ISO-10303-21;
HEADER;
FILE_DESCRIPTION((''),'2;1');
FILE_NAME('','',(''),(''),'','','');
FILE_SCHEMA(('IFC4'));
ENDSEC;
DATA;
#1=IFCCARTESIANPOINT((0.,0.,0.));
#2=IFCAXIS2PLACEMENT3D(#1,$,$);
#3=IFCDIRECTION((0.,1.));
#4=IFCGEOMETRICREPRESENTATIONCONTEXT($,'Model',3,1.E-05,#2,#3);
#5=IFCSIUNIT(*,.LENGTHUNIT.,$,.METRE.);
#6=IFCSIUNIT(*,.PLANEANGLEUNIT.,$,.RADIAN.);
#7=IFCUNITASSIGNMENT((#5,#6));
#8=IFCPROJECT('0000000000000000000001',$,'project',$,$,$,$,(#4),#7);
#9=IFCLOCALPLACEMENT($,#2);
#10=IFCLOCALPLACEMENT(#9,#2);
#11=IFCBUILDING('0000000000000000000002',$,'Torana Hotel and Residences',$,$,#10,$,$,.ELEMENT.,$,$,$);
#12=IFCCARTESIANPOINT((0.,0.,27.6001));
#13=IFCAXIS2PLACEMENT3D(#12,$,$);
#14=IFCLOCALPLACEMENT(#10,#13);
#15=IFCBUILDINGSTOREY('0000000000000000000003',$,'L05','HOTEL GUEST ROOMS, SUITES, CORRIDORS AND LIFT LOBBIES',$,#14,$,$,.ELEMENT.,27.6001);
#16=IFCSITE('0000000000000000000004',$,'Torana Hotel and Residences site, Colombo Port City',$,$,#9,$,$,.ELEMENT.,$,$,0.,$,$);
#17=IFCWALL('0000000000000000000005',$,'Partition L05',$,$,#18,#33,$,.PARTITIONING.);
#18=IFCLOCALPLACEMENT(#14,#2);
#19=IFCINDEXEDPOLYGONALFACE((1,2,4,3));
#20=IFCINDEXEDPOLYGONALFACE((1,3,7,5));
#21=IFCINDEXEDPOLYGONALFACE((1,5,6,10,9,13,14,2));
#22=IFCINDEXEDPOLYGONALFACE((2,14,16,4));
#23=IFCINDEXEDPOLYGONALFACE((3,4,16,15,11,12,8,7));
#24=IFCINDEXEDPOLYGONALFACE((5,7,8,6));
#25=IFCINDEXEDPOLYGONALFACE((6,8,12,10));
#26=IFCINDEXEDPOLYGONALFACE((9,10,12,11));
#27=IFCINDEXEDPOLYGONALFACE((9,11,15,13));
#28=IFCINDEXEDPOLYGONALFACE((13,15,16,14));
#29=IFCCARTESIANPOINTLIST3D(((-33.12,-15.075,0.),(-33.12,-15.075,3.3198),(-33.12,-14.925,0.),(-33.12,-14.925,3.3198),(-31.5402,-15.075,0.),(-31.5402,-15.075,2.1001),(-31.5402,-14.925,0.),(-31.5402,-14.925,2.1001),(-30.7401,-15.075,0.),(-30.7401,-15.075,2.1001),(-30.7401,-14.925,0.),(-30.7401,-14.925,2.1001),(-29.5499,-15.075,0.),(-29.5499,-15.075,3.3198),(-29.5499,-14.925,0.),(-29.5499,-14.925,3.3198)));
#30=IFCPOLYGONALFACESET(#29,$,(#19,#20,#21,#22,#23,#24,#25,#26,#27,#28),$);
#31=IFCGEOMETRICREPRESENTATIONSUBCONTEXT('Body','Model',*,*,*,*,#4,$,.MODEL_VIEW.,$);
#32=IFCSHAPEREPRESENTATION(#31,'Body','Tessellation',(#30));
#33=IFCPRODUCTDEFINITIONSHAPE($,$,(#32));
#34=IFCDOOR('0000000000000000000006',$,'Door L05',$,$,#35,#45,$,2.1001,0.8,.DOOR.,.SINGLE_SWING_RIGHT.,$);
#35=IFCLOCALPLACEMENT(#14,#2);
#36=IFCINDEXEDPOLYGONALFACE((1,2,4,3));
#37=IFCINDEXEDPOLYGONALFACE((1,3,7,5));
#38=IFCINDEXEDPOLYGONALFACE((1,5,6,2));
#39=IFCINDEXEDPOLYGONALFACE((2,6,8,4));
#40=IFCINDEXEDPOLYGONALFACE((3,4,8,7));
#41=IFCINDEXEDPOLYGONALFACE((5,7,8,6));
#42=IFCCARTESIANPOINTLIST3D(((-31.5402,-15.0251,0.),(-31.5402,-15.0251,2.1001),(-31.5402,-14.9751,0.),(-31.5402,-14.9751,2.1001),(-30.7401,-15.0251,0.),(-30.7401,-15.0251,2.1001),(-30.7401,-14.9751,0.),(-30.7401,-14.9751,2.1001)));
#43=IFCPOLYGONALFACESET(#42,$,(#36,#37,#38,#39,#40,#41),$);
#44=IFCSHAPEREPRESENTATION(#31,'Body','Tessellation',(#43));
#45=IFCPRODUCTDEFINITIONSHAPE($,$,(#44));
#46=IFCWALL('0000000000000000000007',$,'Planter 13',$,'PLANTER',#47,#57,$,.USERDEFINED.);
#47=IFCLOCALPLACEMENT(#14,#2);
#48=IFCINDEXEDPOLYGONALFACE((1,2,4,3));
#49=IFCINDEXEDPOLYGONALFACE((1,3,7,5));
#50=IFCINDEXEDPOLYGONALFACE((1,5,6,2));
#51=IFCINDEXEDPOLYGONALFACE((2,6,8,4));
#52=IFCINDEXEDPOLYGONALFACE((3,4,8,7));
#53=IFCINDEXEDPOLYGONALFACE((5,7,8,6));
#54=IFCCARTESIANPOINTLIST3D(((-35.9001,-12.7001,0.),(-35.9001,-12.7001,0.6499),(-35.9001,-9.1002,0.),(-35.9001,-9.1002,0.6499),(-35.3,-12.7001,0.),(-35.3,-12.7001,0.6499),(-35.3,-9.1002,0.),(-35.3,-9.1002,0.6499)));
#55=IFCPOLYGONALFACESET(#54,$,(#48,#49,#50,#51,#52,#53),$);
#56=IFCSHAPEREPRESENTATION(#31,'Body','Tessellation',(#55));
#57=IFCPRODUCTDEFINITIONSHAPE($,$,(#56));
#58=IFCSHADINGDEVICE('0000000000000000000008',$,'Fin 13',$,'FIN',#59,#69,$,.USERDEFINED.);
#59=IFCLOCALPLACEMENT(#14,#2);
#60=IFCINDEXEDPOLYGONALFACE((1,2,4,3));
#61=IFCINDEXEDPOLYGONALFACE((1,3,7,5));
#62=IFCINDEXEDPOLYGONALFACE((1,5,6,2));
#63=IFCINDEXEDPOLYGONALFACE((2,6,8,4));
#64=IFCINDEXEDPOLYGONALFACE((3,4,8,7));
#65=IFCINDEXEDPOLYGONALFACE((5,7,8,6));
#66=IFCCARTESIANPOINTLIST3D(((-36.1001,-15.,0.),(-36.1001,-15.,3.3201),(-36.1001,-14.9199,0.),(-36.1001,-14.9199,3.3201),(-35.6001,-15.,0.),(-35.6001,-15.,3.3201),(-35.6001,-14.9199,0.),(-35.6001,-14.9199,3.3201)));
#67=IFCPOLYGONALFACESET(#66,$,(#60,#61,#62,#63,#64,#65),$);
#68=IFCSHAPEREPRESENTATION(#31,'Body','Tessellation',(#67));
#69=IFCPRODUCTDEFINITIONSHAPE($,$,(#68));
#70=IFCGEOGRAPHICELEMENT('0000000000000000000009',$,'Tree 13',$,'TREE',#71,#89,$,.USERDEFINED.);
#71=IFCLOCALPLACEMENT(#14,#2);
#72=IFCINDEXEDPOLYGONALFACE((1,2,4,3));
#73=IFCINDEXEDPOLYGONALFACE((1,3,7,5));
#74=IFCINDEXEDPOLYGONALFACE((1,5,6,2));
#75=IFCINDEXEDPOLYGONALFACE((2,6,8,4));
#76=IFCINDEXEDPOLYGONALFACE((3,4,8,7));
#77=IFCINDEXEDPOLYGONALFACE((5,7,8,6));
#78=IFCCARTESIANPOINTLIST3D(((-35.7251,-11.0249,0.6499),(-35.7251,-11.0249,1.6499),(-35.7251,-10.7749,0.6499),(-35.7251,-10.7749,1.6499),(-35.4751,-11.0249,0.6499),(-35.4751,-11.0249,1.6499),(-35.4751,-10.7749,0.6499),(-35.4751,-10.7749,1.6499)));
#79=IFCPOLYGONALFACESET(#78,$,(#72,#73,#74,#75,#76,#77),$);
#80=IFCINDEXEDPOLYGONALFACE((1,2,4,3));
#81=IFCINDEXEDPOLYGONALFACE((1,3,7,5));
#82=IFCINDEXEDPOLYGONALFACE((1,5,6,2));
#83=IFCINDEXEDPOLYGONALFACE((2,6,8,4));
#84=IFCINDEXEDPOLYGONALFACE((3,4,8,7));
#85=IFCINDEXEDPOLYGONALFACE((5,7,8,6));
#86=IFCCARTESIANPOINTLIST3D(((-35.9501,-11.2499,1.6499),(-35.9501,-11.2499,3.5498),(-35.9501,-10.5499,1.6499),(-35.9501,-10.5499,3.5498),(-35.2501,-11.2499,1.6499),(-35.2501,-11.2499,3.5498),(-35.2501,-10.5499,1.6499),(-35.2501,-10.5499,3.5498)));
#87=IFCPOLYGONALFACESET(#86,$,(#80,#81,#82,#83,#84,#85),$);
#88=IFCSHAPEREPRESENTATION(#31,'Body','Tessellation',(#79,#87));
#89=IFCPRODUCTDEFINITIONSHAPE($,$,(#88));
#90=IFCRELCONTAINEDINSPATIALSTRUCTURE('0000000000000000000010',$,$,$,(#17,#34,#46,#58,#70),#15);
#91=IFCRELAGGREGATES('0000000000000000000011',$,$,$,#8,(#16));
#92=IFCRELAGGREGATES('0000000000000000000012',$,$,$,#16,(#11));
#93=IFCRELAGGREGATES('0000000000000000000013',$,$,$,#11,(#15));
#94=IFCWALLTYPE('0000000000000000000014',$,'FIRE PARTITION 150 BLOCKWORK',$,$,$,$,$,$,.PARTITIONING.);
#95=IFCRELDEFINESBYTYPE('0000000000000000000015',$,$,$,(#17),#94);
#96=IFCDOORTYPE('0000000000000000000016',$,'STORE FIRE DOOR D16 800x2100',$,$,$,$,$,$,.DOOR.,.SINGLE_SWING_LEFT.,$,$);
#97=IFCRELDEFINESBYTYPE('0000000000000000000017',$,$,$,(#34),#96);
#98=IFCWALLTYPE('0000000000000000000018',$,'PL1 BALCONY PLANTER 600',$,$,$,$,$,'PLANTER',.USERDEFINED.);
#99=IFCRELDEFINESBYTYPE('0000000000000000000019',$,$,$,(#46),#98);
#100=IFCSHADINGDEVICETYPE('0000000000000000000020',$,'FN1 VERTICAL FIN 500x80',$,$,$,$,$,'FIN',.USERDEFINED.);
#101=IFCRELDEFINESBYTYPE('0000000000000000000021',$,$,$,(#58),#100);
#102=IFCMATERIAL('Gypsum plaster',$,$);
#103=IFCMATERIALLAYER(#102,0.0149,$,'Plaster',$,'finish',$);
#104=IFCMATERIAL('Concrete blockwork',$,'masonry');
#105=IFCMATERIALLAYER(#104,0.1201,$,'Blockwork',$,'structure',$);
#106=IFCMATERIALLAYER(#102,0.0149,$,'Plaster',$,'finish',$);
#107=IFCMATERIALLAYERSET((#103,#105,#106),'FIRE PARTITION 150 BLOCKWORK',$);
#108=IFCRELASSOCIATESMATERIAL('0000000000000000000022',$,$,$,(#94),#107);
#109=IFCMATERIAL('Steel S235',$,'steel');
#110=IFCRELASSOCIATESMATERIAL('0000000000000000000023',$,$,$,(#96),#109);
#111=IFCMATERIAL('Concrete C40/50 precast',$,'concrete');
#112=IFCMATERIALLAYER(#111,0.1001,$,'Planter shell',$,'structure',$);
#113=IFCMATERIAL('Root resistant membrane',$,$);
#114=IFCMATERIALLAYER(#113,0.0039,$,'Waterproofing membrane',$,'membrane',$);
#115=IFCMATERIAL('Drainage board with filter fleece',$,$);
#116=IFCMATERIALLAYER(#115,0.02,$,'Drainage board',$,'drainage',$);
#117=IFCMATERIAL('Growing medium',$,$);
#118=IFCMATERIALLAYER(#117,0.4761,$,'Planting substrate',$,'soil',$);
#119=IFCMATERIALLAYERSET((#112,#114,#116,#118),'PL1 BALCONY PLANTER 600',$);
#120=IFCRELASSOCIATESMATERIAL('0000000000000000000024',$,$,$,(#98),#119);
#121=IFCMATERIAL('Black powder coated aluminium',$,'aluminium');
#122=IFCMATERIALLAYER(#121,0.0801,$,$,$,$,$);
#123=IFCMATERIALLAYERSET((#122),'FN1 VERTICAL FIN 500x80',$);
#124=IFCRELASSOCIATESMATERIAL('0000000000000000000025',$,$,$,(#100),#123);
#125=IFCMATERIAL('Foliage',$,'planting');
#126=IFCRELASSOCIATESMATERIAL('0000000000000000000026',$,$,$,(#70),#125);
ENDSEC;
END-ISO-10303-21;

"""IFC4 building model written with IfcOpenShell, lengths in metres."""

from ifc_helpers import new_model, si_unit, direction, frame, frame_2d, origin, origin_2d, place, context, subcontext, project, spatial, rectangle, extrude, material, layer, layer_set, type_object, element, fill, save


model = new_model("IFC4")

# Units and contexts
model_context = context("Model", 3, precision=1e-05, world=origin(), true_north=direction((0.0, 1.0)))
body_context = subcontext(model_context, "Body", "Model", "MODEL_VIEW")
ifc_project = project(units=[si_unit("LENGTHUNIT", "METRE"), si_unit("PLANEANGLEUNIT", "RADIAN")], contexts=[model_context])

# Site, building, storey
site_placement = place(None, origin())
site = spatial("IfcSite", under=ifc_project, at=site_placement, Name="Torana Hotel and Residences site, Colombo Port City", CompositionType="ELEMENT", RefElevation=0.0)
building_placement = place(site_placement, origin())
building = spatial("IfcBuilding", under=site, at=building_placement, Name="Torana Hotel and Residences", CompositionType="ELEMENT")
storey_placement = place(building_placement, frame((0.0, 0.0, 27.6001)))
storey = spatial("IfcBuildingStorey", under=building, at=storey_placement, Name="L05", Description="HOTEL GUEST ROOMS, SUITES, CORRIDORS AND LIFT LOBBIES", CompositionType="ELEMENT", Elevation=27.6001)

# Wall, opening, door
ifc_material_1 = material(Name="Gypsum plaster")
ifc_layer_1 = layer(ifc_material_1, 0.0149, Name="Plaster", Category="finish")
ifc_material_2 = material(Name="Concrete blockwork", Category="masonry")
ifc_layer_2 = layer(ifc_material_2, 0.1201, Name="Blockwork", Category="structure")
ifc_layer_3 = layer(ifc_material_1, 0.0149, Name="Plaster", Category="finish")
ifc_layer_set_1 = layer_set([ifc_layer_1, ifc_layer_2, ifc_layer_3], Name="FIRE PARTITION 150 BLOCKWORK")
wall_type_1 = type_object("IfcWallType", Name="FIRE PARTITION 150 BLOCKWORK", PredefinedType="PARTITIONING", material=ifc_layer_set_1)
wall_1_placement = place(storey_placement, frame((-33.1201, -15.0, 0.0), z_axis=(0.0, 0.0, 1.0), x_axis=(1.0, 0.0, 0.0)))
wall_1 = element("IfcWall", 1, at=wall_1_placement, inside=storey, type_object=wall_type_1, Name="Partition L05", PredefinedType="PARTITIONING", context=body_context, shape_type="SweptSolid", body=[
    extrude(rectangle(XDim=3.5701, YDim=0.1499, at=frame_2d((1.7852, 0.0))), origin(), (0.0, 0.0, 1.0), 3.3198),
])
opening_1_placement = place(wall_1_placement, frame((1.5801, 0.0, 0.0)))
opening_1 = element("IfcOpeningElement", 2, at=opening_1_placement, cuts=wall_1, PredefinedType="OPENING", context=body_context, shape_type="SweptSolid", body=[
    extrude(rectangle(XDim=0.8, YDim=2.1001, at=frame_2d((0.3999, 1.05))), frame((0.0, 0.085, 0.0), z_axis=(0.0, -1.0, 0.0), x_axis=(1.0, 0.0, 0.0)), (0.0, 0.0, 1.0), 0.1699),
])
ifc_material_3 = material(Name="Steel S235", Category="steel")
door_type_1 = type_object("IfcDoorType", Name="STORE FIRE DOOR D16 800x2100", OperationType="SINGLE_SWING_LEFT", PredefinedType="DOOR", material=ifc_material_3)
door_1_placement = place(opening_1_placement, origin())
door_1 = element("IfcDoor", 3, at=door_1_placement, inside=storey, type_object=door_type_1, Name="Door L05", OperationType="SINGLE_SWING_RIGHT", OverallHeight=2.1001, OverallWidth=0.8, PredefinedType="DOOR", context=body_context, shape_type="SweptSolid", body=[
    extrude(rectangle(XDim=0.8, YDim=2.1001, at=frame_2d((0.3999, 1.05))), frame((0.0, 0.0249, 0.0), z_axis=(0.0, -1.0, 0.0), x_axis=(1.0, 0.0, 0.0)), (0.0, 0.0, 1.0), 0.05),
])
fill(opening_1, door_1)

# Wall
ifc_material_4 = material(Name="Concrete C40/50 precast", Category="concrete")
ifc_layer_4 = layer(ifc_material_4, 0.1001, Name="Planter shell", Category="structure")
ifc_material_5 = material(Name="Root resistant membrane")
ifc_layer_5 = layer(ifc_material_5, 0.0039, Name="Waterproofing membrane", Category="membrane")
ifc_material_6 = material(Name="Drainage board with filter fleece")
ifc_layer_6 = layer(ifc_material_6, 0.02, Name="Drainage board", Category="drainage")
ifc_material_7 = material(Name="Growing medium")
ifc_layer_7 = layer(ifc_material_7, 0.4761, Name="Planting substrate", Category="soil")
ifc_layer_set_2 = layer_set([ifc_layer_4, ifc_layer_5, ifc_layer_6, ifc_layer_7], Name="PL1 BALCONY PLANTER 600")
wall_type_2 = type_object("IfcWallType", Name="PL1 BALCONY PLANTER 600", ElementType="PLANTER", PredefinedType="USERDEFINED", material=ifc_layer_set_2)
wall_2_placement = place(storey_placement, frame((-35.6001, -12.7, 0.0), z_axis=(0.0, 0.0, 1.0), x_axis=(0.0, 1.0, 0.0)))
element("IfcWall", 4, at=wall_2_placement, inside=storey, type_object=wall_type_2, Name="Planter 13", ObjectType="PLANTER", PredefinedType="USERDEFINED", context=body_context, shape_type="SweptSolid", body=[
    extrude(rectangle(XDim=3.5999, YDim=0.6001, at=frame_2d((1.7998, 0.0))), origin(), (0.0, 0.0, 1.0), 0.6499),
])

# Shading device
ifc_material_8 = material(Name="Black powder coated aluminium", Category="aluminium")
ifc_layer_8 = layer(ifc_material_8, 0.0801)
ifc_layer_set_3 = layer_set([ifc_layer_8], Name="FN1 VERTICAL FIN 500x80")
shading_device_type = type_object("IfcShadingDeviceType", Name="FN1 VERTICAL FIN 500x80", ElementType="FIN", PredefinedType="USERDEFINED", material=ifc_layer_set_3)
shading_device_placement = place(storey_placement, frame((-35.8501, -14.96, 0.0), z_axis=(0.0, 0.0, 1.0), x_axis=(0.0, 1.0, 0.0)))
element("IfcShadingDevice", 5, at=shading_device_placement, inside=storey, type_object=shading_device_type, Name="Fin 13", ObjectType="FIN", PredefinedType="USERDEFINED", context=body_context, shape_type="SweptSolid", body=[
    extrude(rectangle(XDim=0.0801, YDim=0.5, at=origin_2d()), origin(), (0.0, 0.0, 1.0), 3.3201),
])

# Geographic element
ifc_material_9 = material(Name="Foliage", Category="planting")
geographic_element_placement = place(storey_placement, frame((-35.6001, -10.8999, 0.6499), z_axis=(0.0, 0.0, 1.0), x_axis=(1.0, 0.0, 0.0)))
element("IfcGeographicElement", 6, at=geographic_element_placement, inside=storey, material=ifc_material_9, Name="Tree 13", ObjectType="TREE", PredefinedType="USERDEFINED", context=body_context, shape_type="SweptSolid", body=[
    extrude(rectangle(XDim=0.25, YDim=0.25, at=origin_2d()), origin(), (0.0, 0.0, 1.0), 1.0),
    extrude(rectangle(XDim=0.7, YDim=0.7, at=origin_2d()), frame((0.0, 0.0, 1.0)), (0.0, 0.0, 1.0), 1.8999),
])

save(model, "model.ifc")
